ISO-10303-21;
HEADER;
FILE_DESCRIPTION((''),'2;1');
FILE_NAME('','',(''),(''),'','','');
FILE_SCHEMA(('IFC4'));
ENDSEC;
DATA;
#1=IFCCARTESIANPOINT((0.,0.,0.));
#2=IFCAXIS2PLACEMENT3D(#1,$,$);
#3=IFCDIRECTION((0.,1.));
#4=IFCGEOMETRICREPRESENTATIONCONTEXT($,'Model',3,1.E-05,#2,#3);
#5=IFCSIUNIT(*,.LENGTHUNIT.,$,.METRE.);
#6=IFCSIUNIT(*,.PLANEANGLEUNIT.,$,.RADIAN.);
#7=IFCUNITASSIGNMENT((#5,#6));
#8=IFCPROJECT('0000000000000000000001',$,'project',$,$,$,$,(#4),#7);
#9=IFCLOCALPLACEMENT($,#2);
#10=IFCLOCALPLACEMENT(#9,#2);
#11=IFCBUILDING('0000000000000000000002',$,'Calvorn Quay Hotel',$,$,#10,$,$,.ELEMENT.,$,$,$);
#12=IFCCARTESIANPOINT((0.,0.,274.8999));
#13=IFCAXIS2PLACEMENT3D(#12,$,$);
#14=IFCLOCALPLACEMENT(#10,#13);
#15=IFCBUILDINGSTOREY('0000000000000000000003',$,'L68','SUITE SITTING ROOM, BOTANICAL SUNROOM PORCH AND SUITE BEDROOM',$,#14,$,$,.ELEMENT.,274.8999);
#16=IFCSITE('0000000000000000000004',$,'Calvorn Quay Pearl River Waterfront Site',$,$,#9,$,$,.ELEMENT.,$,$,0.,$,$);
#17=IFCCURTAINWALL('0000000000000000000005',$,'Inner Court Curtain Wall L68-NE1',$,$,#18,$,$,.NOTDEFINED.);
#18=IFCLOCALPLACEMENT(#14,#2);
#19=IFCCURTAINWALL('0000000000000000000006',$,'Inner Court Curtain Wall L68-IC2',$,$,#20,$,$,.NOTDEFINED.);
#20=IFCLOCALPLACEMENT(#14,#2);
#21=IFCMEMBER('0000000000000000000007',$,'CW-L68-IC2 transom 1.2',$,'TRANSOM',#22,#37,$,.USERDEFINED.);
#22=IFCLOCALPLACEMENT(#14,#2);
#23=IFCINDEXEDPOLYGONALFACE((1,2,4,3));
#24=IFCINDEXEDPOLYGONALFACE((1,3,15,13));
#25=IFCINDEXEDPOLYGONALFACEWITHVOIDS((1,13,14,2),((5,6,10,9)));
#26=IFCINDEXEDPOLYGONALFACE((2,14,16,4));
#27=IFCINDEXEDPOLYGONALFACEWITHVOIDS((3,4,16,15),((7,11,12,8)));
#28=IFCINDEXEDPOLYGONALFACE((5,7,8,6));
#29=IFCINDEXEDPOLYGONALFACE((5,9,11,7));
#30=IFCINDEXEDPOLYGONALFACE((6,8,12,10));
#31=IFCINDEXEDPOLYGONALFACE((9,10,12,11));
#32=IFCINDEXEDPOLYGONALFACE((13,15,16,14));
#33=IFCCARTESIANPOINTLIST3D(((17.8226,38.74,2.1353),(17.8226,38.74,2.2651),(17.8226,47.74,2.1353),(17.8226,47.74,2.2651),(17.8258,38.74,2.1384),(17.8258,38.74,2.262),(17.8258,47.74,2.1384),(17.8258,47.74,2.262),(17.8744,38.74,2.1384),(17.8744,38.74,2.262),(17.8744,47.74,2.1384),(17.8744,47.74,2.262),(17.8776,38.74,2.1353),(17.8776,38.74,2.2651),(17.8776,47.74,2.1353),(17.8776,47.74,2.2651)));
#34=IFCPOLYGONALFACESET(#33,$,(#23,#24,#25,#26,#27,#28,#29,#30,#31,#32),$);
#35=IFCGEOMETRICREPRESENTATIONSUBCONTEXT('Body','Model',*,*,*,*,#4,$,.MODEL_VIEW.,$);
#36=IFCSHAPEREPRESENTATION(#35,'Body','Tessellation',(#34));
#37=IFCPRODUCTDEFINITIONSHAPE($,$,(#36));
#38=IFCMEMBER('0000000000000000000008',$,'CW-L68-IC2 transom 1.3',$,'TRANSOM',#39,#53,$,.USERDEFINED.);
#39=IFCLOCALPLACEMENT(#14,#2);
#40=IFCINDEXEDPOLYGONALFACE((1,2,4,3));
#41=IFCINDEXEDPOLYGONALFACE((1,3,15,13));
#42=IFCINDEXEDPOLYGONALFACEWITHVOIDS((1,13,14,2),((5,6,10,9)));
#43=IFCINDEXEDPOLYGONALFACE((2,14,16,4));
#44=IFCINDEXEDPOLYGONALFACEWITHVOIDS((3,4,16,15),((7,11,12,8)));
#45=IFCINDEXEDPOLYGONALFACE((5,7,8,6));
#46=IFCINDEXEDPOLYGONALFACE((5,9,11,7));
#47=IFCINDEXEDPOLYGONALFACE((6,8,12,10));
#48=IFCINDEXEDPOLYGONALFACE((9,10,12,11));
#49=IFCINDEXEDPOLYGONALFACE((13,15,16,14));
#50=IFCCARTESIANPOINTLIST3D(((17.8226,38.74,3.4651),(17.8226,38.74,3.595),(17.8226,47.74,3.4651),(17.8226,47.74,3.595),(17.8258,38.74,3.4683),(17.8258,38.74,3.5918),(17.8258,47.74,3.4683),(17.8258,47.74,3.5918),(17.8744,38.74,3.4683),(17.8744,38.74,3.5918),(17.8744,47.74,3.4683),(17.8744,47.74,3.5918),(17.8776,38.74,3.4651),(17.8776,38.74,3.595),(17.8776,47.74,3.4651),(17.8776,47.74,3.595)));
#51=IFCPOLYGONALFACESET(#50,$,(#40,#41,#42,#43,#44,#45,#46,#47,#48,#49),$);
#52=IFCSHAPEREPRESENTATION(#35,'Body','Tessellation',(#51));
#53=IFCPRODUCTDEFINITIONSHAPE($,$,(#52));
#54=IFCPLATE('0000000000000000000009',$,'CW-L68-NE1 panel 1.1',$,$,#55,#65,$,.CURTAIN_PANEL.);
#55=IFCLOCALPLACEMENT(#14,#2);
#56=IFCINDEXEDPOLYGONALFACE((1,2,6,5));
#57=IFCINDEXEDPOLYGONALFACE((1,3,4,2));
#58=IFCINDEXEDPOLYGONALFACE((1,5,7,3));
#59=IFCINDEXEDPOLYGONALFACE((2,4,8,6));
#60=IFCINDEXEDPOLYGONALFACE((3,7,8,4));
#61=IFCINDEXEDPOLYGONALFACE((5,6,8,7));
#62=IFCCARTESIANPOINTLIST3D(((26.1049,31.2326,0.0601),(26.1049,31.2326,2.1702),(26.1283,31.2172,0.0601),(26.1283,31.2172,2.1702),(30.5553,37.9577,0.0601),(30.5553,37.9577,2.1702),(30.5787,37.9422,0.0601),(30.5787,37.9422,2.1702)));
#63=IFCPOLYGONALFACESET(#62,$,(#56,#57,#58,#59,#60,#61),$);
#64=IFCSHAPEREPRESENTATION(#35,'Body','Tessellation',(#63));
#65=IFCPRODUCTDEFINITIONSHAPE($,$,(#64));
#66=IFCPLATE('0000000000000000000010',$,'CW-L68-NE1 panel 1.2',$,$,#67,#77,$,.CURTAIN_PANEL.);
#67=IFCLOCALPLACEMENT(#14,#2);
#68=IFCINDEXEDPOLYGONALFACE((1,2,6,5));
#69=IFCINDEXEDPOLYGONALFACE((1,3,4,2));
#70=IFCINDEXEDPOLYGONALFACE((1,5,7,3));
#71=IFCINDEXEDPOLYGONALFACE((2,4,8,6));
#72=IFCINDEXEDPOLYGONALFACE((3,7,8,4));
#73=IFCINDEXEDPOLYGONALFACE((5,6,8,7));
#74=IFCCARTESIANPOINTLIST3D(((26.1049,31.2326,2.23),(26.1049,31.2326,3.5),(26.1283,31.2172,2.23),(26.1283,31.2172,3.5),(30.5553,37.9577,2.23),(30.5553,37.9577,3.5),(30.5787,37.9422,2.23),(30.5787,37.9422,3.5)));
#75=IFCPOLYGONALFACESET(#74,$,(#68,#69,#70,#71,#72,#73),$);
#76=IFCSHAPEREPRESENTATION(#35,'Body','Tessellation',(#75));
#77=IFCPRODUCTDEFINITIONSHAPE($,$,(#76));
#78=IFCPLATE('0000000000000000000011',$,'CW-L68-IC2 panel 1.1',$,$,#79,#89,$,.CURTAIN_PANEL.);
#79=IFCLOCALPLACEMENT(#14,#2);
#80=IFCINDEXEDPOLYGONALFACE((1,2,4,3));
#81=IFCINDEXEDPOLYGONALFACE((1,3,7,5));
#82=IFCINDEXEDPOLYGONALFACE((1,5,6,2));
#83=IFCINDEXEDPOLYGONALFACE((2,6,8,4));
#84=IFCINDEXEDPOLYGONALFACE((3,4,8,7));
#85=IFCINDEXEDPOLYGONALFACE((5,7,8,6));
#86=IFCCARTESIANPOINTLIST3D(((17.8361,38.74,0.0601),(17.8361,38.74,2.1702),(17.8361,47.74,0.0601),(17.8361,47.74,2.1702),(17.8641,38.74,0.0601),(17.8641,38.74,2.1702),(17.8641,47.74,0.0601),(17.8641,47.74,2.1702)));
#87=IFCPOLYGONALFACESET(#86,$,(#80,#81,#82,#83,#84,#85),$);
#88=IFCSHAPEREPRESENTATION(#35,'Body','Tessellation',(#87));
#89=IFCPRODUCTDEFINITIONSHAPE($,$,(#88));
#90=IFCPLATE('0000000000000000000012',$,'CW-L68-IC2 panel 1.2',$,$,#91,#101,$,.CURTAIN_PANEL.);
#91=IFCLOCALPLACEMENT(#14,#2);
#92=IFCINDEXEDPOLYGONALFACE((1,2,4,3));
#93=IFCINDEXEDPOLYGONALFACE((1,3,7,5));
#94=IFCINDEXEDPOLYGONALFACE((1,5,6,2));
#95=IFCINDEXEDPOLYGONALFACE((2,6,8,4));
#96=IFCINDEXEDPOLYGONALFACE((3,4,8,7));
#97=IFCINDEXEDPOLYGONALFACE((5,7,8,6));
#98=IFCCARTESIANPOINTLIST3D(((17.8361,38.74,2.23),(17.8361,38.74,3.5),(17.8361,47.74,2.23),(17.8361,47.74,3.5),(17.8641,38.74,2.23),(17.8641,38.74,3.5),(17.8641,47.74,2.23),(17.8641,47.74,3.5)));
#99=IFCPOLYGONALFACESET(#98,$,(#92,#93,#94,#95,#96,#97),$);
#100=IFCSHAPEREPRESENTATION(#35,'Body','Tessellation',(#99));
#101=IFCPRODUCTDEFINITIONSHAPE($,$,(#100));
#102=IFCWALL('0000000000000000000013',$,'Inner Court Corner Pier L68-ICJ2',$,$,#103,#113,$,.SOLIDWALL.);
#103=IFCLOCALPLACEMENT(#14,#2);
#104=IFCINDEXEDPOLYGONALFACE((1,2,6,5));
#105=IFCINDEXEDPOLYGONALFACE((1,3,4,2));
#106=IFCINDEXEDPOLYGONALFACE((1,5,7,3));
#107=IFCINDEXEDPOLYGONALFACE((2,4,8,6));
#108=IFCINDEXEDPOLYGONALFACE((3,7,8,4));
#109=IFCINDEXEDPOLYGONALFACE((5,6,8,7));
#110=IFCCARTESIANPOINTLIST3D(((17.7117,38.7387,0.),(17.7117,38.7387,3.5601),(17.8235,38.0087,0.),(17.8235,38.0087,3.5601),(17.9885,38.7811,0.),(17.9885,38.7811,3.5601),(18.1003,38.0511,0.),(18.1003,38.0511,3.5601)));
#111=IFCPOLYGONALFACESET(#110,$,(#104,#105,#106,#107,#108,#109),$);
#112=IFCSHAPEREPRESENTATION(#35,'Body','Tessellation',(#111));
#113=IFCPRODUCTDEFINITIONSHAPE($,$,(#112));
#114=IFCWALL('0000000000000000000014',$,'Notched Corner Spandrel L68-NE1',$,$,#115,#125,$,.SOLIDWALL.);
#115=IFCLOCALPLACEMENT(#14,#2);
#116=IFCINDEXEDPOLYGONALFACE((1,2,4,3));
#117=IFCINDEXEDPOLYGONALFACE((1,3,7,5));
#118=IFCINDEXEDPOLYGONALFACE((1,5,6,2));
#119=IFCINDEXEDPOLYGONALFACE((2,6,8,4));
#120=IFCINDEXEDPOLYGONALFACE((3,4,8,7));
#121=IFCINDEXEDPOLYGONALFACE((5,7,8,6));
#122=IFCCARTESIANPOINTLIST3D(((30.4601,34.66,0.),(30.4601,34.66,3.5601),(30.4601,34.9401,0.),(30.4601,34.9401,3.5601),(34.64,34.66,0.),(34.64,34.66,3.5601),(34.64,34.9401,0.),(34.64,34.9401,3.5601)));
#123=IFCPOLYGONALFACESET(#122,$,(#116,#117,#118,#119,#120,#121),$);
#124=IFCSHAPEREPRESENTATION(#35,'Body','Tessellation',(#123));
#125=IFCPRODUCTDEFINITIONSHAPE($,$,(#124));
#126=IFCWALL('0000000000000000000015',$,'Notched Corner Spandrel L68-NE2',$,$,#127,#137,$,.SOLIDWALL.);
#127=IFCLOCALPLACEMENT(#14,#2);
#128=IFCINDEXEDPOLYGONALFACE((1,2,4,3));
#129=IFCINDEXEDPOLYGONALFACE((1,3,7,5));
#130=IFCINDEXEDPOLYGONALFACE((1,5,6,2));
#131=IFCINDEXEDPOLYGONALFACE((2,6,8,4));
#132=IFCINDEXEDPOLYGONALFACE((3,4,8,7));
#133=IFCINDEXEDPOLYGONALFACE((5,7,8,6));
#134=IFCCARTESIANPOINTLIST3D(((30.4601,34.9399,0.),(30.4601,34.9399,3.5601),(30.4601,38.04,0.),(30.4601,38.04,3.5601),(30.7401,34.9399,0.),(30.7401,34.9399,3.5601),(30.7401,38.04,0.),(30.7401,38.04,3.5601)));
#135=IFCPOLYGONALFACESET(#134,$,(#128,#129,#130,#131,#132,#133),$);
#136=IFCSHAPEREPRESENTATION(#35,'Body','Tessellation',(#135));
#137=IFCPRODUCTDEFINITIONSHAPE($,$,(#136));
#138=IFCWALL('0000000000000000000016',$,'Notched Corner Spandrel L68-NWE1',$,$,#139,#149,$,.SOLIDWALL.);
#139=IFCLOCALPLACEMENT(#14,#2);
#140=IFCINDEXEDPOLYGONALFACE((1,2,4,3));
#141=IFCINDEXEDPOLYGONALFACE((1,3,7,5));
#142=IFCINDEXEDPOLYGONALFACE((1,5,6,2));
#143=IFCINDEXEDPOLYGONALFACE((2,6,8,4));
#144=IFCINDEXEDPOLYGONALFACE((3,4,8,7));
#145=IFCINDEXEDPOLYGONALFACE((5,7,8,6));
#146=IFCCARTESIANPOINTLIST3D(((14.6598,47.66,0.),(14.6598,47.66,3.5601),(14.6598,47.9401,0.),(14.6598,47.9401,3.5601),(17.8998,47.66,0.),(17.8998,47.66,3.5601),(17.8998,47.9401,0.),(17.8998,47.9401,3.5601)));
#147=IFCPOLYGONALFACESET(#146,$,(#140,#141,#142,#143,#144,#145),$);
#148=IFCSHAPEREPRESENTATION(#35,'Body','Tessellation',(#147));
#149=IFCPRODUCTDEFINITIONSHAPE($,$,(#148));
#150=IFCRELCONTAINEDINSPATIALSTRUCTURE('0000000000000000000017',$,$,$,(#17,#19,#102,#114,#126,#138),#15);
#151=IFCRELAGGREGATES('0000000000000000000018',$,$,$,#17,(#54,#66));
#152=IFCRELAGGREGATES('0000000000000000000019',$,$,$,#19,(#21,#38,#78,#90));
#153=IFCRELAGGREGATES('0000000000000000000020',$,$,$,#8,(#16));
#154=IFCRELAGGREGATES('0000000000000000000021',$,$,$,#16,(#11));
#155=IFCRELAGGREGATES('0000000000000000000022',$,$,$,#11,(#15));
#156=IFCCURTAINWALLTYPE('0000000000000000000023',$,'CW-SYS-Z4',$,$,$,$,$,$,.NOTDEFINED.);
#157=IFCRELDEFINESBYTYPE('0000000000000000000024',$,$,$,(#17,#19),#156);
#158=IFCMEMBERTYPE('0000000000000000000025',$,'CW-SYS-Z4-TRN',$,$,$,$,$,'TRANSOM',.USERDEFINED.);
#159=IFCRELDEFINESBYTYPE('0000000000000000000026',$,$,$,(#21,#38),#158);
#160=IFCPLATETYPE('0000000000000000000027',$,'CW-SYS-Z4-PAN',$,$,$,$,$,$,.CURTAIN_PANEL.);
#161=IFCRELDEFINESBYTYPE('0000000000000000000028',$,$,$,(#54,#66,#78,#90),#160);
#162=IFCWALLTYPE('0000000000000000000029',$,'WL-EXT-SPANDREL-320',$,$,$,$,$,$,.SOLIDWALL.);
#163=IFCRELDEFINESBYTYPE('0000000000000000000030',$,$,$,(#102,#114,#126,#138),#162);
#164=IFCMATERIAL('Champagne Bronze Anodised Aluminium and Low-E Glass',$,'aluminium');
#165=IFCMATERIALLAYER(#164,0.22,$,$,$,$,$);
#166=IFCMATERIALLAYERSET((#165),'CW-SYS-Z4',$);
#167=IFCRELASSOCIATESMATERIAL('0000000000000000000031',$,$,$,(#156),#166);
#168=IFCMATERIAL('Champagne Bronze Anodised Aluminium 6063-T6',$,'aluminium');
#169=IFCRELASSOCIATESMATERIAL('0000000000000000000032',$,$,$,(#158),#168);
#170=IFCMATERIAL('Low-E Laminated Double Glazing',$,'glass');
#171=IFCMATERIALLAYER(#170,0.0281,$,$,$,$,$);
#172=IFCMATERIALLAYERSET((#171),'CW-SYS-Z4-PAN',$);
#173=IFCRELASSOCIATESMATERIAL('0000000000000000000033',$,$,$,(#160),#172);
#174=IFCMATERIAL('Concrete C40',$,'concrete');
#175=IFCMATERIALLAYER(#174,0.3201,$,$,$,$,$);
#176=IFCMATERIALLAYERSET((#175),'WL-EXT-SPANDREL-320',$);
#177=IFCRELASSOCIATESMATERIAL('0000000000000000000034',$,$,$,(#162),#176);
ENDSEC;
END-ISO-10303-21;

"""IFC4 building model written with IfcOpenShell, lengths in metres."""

from ifc_helpers import new_model, si_unit, direction, frame, frame_2d, origin, origin_2d, place, context, subcontext, project, spatial, rectangle, hollow_rectangle, extrude, material, layer, layer_set, material_profile, profile_set, type_object, element, aggregate, save


model = new_model("IFC4")

# Units and contexts
model_context = context("Model", 3, precision=1e-05, world=origin(), true_north=direction((0.0, 1.0)))
body_context = subcontext(model_context, "Body", "Model", "MODEL_VIEW")
ifc_project = project(units=[si_unit("LENGTHUNIT", "METRE"), si_unit("PLANEANGLEUNIT", "RADIAN")], contexts=[model_context])

# Site, building, storey
site_placement = place(None, origin())
site = spatial("IfcSite", under=ifc_project, at=site_placement, Name="Calvorn Quay Pearl River Waterfront Site", CompositionType="ELEMENT", RefElevation=0.0)
building_placement = place(site_placement, origin())
building = spatial("IfcBuilding", under=site, at=building_placement, Name="Calvorn Quay Hotel", CompositionType="ELEMENT")
storey_placement = place(building_placement, frame((0.0, 0.0, 274.8999)))
storey = spatial("IfcBuildingStorey", under=building, at=storey_placement, Name="L68", Description="SUITE SITTING ROOM, BOTANICAL SUNROOM PORCH AND SUITE BEDROOM", CompositionType="ELEMENT", Elevation=274.8999)

# Curtain walls
ifc_material_1 = material(Name="Champagne Bronze Anodised Aluminium and Low-E Glass", Category="aluminium")
ifc_layer_1 = layer(ifc_material_1, 0.22)
ifc_layer_set_1 = layer_set([ifc_layer_1], Name="CW-SYS-Z4")
curtain_wall_type = type_object("IfcCurtainWallType", Name="CW-SYS-Z4", PredefinedType="NOTDEFINED", material=ifc_layer_set_1)
curtain_wall_1_placement = place(storey_placement, origin())
curtain_wall_1 = element("IfcCurtainWall", 1, at=curtain_wall_1_placement, inside=storey, type_object=curtain_wall_type, Name="Inner Court Curtain Wall L68-NE1", PredefinedType="NOTDEFINED")
curtain_wall_2_placement = place(storey_placement, origin())
curtain_wall_2 = element("IfcCurtainWall", 2, at=curtain_wall_2_placement, inside=storey, type_object=curtain_wall_type, Name="Inner Court Curtain Wall L68-IC2", PredefinedType="NOTDEFINED")

# Members
ifc_material_2 = material(Name="Champagne Bronze Anodised Aluminium 6063-T6", Category="aluminium")
ifc_material_profile_1 = material_profile(ifc_material_2, hollow_rectangle(XDim=0.0549, YDim=0.1299, WallThickness=0.0032, at=origin_2d()), Name="ALU-T130x55x3.2")
ifc_profile_set_1 = profile_set([ifc_material_profile_1], Name="Champagne Bronze Anodised Aluminium 6063-T6")
member_type_1 = type_object("IfcMemberType", Name="CW-SYS-Z4-TRN", ElementType="TRANSOM", PredefinedType="USERDEFINED", material=ifc_profile_set_1)
member_1_placement = place(storey_placement, frame((17.8501, 38.74, 2.2002), z_axis=(0.0, 1.0, 0.0), x_axis=(-1.0, 0.0, 0.0)))
member_1 = element("IfcMember", 3, at=member_1_placement, type_object=member_type_1, Name="CW-L68-IC2 transom 1.2", ObjectType="TRANSOM", PredefinedType="USERDEFINED", context=body_context, shape_type="SweptSolid", body=[
    extrude(hollow_rectangle(XDim=0.0549, YDim=0.1299, WallThickness=0.0032, at=origin_2d()), origin(), (0.0, 0.0, 1.0), 9.0),
])
member_2_placement = place(storey_placement, frame((17.8501, 38.74, 3.53), z_axis=(0.0, 1.0, 0.0), x_axis=(-1.0, 0.0, 0.0)))
member_2 = element("IfcMember", 4, at=member_2_placement, type_object=member_type_1, Name="CW-L68-IC2 transom 1.3", ObjectType="TRANSOM", PredefinedType="USERDEFINED", context=body_context, shape_type="SweptSolid", body=[
    extrude(hollow_rectangle(XDim=0.0549, YDim=0.1299, WallThickness=0.0032, at=origin_2d()), origin(), (0.0, 0.0, 1.0), 9.0),
])

# Plates
ifc_material_3 = material(Name="Low-E Laminated Double Glazing", Category="glass")
ifc_layer_2 = layer(ifc_material_3, 0.0281)
ifc_layer_set_2 = layer_set([ifc_layer_2], Name="CW-SYS-Z4-PAN")
plate_type = type_object("IfcPlateType", Name="CW-SYS-Z4-PAN", PredefinedType="CURTAIN_PANEL", material=ifc_layer_set_2)
plate_1_placement = place(storey_placement, frame((28.3418, 34.5874, 0.0601), z_axis=(0.0, 0.0, 1.0), x_axis=(-0.551867, -0.833932, 0.0)))
plate_1 = element("IfcPlate", 5, at=plate_1_placement, type_object=plate_type, Name="CW-L68-NE1 panel 1.1", PredefinedType="CURTAIN_PANEL", context=body_context, shape_type="SweptSolid", body=[
    extrude(rectangle(XDim=8.0642, YDim=0.0281, at=origin_2d()), origin(), (0.0, 0.0, 1.0), 2.1101),
])
plate_2_placement = place(storey_placement, frame((28.3418, 34.5874, 2.23), z_axis=(0.0, 0.0, 1.0), x_axis=(-0.551867, -0.833932, 0.0)))
plate_2 = element("IfcPlate", 6, at=plate_2_placement, type_object=plate_type, Name="CW-L68-NE1 panel 1.2", PredefinedType="CURTAIN_PANEL", context=body_context, shape_type="SweptSolid", body=[
    extrude(rectangle(XDim=8.0642, YDim=0.0281, at=origin_2d()), origin(), (0.0, 0.0, 1.0), 1.27),
])
aggregate(curtain_wall_1, [plate_1, plate_2])
plate_3_placement = place(storey_placement, frame((17.8501, 43.24, 0.0601), z_axis=(0.0, 0.0, 1.0), x_axis=(0.0, 1.0, 0.0)))
plate_3 = element("IfcPlate", 7, at=plate_3_placement, type_object=plate_type, Name="CW-L68-IC2 panel 1.1", PredefinedType="CURTAIN_PANEL", context=body_context, shape_type="SweptSolid", body=[
    extrude(rectangle(XDim=9.0, YDim=0.0281, at=origin_2d()), origin(), (0.0, 0.0, 1.0), 2.1101),
])
plate_4_placement = place(storey_placement, frame((17.8501, 43.24, 2.23), z_axis=(0.0, 0.0, 1.0), x_axis=(0.0, 1.0, 0.0)))
plate_4 = element("IfcPlate", 8, at=plate_4_placement, type_object=plate_type, Name="CW-L68-IC2 panel 1.2", PredefinedType="CURTAIN_PANEL", context=body_context, shape_type="SweptSolid", body=[
    extrude(rectangle(XDim=9.0, YDim=0.0281, at=origin_2d()), origin(), (0.0, 0.0, 1.0), 1.27),
])
aggregate(curtain_wall_2, [member_1, member_2, plate_3, plate_4])

# Walls
ifc_material_4 = material(Name="Concrete C40", Category="concrete")
ifc_layer_3 = layer(ifc_material_4, 0.3201)
ifc_layer_set_3 = layer_set([ifc_layer_3], Name="WL-EXT-SPANDREL-320")
wall_type = type_object("IfcWallType", Name="WL-EXT-SPANDREL-320", PredefinedType="SOLIDWALL", material=ifc_layer_set_3)
wall_1_placement = place(storey_placement, frame((17.9619, 38.03, 0.0), z_axis=(0.0, 0.0, 1.0), x_axis=(-0.151411, 0.988471, 0.0)))
element("IfcWall", 9, at=wall_1_placement, inside=storey, type_object=wall_type, Name="Inner Court Corner Pier L68-ICJ2", PredefinedType="SOLIDWALL", context=body_context, shape_type="SweptSolid", body=[
    extrude(rectangle(XDim=0.7385, YDim=0.28, at=frame_2d((0.3691, 0.0))), origin(), (0.0, 0.0, 1.0), 3.5601),
])
wall_2_placement = place(storey_placement, frame((34.6399, 34.8, 0.0), z_axis=(0.0, 0.0, 1.0), x_axis=(-1.0, 0.0, 0.0)))
element("IfcWall", 10, at=wall_2_placement, inside=storey, type_object=wall_type, Name="Notched Corner Spandrel L68-NE1", PredefinedType="SOLIDWALL", context=body_context, shape_type="SweptSolid", body=[
    extrude(rectangle(XDim=4.1799, YDim=0.28, at=frame_2d((2.0898, 0.0))), origin(), (0.0, 0.0, 1.0), 3.5601),
])
wall_3_placement = place(storey_placement, frame((30.6001, 34.9399, 0.0), z_axis=(0.0, 0.0, 1.0), x_axis=(0.0, 1.0, 0.0)))
element("IfcWall", 11, at=wall_3_placement, inside=storey, type_object=wall_type, Name="Notched Corner Spandrel L68-NE2", PredefinedType="SOLIDWALL", context=body_context, shape_type="SweptSolid", body=[
    extrude(rectangle(XDim=3.1001, YDim=0.28, at=frame_2d((1.55, 0.0))), origin(), (0.0, 0.0, 1.0), 3.5601),
])
wall_4_placement = place(storey_placement, frame((17.8999, 47.8, 0.0), z_axis=(0.0, 0.0, 1.0), x_axis=(-1.0, 0.0, 0.0)))
element("IfcWall", 12, at=wall_4_placement, inside=storey, type_object=wall_type, Name="Notched Corner Spandrel L68-NWE1", PredefinedType="SOLIDWALL", context=body_context, shape_type="SweptSolid", body=[
    extrude(rectangle(XDim=3.24, YDim=0.28, at=frame_2d((1.6201, 0.0))), origin(), (0.0, 0.0, 1.0), 3.5601),
])

save(model, "model.ifc")
